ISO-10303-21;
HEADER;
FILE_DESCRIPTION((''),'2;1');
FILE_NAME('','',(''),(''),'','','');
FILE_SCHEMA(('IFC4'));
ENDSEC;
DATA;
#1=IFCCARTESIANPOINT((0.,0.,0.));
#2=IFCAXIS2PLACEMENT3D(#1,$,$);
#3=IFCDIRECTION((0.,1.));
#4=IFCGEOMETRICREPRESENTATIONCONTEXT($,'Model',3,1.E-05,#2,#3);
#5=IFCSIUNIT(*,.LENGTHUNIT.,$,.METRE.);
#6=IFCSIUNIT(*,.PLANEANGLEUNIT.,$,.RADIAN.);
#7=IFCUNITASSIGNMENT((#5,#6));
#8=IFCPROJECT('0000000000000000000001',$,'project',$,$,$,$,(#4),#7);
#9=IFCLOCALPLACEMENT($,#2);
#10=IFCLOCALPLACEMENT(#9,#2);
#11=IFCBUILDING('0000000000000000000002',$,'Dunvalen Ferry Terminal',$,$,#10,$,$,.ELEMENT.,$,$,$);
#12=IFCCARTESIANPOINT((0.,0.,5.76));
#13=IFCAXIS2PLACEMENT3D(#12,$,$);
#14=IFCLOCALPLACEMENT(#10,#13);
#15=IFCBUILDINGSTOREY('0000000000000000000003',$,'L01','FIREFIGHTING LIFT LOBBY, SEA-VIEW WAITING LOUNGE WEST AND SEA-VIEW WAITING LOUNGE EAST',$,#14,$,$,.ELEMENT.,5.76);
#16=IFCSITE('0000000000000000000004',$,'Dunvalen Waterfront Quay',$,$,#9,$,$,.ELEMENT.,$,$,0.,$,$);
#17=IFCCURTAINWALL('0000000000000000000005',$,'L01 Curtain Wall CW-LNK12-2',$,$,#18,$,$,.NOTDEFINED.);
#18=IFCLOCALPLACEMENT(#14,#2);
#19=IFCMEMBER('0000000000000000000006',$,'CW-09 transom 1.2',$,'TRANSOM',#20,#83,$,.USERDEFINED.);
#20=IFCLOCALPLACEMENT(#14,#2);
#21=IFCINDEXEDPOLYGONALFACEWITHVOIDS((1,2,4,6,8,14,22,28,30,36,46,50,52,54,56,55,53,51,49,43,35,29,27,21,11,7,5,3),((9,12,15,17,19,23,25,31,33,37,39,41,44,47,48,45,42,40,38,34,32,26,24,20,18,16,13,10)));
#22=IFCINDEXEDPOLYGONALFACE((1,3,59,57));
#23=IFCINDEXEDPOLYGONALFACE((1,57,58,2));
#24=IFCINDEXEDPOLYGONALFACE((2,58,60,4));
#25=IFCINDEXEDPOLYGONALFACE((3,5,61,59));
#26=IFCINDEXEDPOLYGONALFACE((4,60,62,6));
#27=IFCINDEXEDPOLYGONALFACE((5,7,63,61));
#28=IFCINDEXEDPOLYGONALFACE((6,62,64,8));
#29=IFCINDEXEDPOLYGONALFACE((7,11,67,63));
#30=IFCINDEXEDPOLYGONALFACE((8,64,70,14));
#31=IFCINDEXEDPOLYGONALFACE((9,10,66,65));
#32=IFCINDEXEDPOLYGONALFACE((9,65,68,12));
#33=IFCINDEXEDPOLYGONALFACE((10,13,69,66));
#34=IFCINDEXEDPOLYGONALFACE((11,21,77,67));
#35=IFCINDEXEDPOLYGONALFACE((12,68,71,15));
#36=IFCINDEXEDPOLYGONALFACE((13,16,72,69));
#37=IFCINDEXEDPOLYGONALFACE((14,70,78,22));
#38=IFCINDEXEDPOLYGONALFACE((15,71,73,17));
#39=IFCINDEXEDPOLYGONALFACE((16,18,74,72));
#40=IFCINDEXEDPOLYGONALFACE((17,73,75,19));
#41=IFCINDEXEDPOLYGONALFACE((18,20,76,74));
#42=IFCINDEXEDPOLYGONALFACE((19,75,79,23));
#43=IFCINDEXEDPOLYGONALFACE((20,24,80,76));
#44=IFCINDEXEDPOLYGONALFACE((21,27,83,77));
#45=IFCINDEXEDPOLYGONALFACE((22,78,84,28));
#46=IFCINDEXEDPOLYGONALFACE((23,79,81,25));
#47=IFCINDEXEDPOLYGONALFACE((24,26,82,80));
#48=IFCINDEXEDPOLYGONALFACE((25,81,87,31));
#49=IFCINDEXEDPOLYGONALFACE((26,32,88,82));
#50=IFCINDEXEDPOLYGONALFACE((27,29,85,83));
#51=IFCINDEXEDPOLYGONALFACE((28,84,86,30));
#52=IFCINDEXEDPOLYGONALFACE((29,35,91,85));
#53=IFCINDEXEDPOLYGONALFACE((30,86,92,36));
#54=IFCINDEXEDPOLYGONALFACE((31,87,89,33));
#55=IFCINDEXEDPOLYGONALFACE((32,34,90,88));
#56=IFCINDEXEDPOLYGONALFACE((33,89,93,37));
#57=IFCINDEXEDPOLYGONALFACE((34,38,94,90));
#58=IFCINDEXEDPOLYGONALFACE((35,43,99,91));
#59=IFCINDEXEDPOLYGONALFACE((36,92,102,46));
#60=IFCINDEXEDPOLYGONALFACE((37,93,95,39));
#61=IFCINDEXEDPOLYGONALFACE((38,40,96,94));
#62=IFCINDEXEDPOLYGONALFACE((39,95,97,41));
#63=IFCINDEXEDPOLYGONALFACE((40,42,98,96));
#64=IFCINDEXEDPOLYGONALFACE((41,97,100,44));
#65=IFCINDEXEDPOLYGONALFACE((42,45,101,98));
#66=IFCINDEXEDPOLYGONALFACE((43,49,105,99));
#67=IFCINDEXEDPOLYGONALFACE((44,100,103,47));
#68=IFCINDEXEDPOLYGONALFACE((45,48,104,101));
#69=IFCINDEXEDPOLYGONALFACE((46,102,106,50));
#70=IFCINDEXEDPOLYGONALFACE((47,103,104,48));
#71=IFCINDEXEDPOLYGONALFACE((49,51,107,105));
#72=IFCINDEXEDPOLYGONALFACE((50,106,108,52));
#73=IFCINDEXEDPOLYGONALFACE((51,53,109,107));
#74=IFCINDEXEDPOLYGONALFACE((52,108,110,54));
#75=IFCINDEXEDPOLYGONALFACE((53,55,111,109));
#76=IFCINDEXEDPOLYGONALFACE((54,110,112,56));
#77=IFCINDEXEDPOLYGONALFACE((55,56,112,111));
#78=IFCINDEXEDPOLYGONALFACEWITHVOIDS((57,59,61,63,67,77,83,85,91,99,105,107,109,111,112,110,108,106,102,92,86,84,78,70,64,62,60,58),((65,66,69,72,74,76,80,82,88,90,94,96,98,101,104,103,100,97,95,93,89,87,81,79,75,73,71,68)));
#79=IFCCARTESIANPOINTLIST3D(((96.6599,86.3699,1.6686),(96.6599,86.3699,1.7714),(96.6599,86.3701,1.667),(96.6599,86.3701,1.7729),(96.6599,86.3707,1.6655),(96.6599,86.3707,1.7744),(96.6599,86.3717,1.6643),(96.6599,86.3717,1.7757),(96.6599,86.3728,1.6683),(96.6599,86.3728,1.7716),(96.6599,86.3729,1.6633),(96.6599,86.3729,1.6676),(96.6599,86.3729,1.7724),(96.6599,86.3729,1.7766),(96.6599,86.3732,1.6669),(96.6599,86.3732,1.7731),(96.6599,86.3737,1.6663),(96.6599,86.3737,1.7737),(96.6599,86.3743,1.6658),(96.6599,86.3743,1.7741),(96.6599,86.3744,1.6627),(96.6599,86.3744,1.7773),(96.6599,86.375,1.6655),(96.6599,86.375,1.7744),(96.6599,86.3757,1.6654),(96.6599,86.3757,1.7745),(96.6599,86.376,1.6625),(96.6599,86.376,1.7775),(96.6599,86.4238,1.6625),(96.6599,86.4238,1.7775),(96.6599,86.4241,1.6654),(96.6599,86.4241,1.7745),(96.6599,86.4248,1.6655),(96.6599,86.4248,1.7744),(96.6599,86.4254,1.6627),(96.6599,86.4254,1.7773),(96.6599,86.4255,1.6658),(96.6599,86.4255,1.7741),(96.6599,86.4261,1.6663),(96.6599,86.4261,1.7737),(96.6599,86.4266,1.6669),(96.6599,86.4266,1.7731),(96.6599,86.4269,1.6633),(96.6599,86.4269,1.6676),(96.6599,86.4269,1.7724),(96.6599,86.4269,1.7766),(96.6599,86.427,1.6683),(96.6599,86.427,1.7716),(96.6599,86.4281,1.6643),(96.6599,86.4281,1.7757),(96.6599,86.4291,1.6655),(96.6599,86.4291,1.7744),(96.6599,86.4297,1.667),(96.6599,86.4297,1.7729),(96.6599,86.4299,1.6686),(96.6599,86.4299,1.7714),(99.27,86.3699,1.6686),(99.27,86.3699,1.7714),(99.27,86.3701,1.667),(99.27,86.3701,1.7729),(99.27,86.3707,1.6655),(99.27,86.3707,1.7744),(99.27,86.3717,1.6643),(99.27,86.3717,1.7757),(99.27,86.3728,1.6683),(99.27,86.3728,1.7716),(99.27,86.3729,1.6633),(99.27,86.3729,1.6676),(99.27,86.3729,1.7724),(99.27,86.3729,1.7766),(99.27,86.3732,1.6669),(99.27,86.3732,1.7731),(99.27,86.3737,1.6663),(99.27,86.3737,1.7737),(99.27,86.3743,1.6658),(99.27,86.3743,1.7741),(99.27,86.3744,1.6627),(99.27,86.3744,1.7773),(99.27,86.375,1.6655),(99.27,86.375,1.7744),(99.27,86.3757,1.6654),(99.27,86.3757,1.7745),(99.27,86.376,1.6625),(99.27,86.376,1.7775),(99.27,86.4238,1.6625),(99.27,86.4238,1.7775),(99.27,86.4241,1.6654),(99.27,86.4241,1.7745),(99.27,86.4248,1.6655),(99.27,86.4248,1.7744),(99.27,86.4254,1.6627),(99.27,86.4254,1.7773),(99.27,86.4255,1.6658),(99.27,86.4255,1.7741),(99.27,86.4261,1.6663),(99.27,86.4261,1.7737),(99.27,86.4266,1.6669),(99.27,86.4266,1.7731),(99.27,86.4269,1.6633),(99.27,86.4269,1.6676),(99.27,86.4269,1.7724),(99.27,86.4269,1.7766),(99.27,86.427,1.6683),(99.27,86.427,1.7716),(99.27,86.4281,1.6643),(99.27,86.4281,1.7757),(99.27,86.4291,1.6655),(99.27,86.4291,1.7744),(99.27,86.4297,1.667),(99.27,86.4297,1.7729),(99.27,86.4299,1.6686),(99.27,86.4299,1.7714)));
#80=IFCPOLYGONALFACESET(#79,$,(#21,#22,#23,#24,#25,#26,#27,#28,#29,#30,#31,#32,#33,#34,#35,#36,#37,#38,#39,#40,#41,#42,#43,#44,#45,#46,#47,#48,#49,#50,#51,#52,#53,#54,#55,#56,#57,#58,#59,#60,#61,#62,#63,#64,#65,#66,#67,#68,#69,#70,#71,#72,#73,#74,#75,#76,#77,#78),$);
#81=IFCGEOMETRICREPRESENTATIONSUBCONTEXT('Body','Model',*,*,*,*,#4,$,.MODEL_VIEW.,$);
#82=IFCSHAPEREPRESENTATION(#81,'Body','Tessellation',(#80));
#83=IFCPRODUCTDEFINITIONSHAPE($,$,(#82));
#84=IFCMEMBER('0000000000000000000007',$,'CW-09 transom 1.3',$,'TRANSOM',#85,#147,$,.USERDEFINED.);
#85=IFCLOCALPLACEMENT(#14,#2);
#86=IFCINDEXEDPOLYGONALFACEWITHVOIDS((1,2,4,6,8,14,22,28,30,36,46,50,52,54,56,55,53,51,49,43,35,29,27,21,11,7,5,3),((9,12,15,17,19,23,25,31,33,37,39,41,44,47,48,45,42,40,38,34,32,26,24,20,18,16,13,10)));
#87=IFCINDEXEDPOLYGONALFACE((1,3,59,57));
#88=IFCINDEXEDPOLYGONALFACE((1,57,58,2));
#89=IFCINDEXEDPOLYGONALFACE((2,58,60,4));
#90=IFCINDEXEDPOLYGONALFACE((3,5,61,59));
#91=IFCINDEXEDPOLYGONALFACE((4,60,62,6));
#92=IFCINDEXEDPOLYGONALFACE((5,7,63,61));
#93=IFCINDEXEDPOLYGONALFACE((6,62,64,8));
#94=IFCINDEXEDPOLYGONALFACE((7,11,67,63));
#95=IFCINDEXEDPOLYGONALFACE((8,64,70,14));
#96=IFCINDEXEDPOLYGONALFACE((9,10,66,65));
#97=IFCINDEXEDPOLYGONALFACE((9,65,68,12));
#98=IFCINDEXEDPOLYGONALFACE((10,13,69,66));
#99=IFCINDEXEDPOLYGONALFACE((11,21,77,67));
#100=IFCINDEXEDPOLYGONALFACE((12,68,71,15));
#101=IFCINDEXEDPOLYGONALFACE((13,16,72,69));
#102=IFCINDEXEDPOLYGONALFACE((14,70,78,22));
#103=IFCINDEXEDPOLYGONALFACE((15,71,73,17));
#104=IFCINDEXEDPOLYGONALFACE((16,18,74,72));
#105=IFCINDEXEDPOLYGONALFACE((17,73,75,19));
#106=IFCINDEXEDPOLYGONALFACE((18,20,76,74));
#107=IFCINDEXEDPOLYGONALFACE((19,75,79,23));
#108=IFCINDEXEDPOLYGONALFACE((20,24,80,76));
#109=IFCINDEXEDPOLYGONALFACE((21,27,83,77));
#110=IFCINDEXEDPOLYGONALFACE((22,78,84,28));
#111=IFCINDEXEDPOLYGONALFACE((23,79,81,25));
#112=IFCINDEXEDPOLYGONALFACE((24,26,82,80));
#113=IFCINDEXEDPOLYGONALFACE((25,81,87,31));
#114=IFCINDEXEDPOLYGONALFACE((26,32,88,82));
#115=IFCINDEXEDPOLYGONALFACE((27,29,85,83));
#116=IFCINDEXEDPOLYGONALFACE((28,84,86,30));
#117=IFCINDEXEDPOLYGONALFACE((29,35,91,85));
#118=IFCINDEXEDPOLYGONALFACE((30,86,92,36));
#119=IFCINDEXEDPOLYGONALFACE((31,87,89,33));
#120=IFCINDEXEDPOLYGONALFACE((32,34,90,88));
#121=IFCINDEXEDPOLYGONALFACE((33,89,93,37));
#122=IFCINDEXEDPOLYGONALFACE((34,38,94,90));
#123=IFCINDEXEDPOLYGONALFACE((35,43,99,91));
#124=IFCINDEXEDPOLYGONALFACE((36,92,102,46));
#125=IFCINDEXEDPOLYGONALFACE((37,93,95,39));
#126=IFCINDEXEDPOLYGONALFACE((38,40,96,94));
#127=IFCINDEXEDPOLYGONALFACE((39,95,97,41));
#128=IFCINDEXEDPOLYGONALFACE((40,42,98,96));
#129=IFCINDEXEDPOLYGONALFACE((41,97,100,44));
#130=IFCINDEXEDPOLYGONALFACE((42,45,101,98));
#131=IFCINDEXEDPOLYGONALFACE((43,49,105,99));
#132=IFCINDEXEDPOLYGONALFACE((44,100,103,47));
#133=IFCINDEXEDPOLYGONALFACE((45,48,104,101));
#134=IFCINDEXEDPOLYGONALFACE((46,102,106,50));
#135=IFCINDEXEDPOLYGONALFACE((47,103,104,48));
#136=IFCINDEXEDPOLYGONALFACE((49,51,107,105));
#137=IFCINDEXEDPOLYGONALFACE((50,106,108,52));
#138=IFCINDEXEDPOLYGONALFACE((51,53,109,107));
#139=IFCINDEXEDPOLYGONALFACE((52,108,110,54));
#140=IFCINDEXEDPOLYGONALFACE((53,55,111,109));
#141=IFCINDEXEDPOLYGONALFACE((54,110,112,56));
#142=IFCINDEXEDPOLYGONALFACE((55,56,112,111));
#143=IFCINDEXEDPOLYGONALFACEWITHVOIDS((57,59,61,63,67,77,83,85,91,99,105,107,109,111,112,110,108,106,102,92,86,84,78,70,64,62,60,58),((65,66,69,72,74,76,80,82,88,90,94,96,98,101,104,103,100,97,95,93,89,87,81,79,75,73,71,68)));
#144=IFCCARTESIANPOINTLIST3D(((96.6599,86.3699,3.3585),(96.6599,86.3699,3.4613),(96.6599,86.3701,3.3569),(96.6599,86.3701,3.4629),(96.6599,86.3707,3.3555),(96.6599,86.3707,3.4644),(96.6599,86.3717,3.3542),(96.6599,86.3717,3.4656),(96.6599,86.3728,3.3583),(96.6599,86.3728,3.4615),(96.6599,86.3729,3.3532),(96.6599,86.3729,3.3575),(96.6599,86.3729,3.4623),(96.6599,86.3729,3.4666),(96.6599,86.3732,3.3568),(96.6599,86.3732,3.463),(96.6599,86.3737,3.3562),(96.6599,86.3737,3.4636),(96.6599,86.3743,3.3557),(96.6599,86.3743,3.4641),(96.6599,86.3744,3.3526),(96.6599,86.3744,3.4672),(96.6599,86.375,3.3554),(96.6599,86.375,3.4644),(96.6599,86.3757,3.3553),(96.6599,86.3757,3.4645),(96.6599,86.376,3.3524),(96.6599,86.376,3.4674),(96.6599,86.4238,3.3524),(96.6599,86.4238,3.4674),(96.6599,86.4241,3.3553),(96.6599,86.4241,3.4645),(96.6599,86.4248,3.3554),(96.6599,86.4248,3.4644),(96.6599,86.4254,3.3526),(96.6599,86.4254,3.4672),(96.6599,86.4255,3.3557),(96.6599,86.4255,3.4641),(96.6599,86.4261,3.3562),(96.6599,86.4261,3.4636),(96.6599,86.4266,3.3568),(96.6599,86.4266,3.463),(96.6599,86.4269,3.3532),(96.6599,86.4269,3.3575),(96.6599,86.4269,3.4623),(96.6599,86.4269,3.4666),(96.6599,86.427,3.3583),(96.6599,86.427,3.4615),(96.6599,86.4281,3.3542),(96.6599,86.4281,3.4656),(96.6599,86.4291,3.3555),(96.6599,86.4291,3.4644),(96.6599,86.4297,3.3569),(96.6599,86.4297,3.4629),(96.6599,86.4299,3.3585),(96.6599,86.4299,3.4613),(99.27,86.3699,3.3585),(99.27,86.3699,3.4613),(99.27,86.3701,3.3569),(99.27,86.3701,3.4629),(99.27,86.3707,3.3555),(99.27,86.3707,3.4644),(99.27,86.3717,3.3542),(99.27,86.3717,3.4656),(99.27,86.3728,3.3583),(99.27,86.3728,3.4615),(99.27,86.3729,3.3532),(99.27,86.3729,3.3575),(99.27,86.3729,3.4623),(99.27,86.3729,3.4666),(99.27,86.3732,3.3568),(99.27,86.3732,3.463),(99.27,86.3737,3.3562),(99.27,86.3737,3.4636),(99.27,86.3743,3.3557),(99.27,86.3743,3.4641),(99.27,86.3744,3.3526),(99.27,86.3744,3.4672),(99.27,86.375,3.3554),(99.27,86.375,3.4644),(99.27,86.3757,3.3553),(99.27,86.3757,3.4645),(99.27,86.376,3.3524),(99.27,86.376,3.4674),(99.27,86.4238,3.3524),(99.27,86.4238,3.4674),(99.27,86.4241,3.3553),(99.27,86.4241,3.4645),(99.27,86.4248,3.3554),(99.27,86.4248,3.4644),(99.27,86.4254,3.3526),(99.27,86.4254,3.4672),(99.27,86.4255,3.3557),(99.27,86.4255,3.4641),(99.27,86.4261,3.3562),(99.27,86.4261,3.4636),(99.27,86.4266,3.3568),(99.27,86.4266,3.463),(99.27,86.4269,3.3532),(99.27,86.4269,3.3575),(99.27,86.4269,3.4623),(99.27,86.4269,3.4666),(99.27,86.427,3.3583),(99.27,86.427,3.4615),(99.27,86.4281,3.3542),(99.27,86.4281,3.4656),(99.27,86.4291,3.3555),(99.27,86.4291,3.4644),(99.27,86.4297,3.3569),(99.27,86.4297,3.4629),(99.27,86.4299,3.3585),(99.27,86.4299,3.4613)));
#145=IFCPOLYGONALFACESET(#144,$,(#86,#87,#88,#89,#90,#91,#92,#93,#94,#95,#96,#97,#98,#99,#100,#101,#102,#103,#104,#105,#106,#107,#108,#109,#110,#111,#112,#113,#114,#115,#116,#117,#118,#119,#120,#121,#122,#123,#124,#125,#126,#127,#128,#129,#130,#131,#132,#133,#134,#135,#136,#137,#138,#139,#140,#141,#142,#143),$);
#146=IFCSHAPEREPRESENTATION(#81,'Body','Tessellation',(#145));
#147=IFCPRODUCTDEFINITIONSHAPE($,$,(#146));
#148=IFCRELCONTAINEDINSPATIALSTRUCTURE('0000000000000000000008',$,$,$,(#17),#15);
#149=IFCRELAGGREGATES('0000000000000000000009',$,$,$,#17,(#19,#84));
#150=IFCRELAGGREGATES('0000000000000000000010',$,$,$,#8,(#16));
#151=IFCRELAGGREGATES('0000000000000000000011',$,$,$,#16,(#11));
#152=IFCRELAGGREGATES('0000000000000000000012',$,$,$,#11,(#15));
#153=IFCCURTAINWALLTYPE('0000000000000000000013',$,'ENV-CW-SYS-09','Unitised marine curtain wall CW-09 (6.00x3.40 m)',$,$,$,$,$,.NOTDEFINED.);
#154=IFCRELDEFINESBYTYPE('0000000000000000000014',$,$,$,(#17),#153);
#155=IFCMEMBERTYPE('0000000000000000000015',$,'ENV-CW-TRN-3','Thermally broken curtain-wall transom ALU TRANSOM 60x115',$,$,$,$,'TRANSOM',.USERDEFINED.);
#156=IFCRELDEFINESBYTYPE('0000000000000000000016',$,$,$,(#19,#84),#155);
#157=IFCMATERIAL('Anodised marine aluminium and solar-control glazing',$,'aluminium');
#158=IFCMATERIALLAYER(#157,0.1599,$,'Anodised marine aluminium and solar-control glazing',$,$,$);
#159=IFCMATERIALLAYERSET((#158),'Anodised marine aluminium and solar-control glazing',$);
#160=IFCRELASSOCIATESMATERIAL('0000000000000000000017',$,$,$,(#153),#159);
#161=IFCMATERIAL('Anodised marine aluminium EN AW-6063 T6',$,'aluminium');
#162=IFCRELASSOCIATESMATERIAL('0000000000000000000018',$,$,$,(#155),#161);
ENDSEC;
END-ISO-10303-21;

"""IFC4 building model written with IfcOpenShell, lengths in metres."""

from ifc_helpers import new_model, si_unit, direction, frame, origin, origin_2d, place, context, subcontext, project, spatial, hollow_rectangle, extrude, material, layer, layer_set, material_profile, profile_set, type_object, element, aggregate, save


model = new_model("IFC4")

# Units and contexts
model_context = context("Model", 3, precision=1e-05, world=origin(), true_north=direction((0.0, 1.0)))
body_context = subcontext(model_context, "Body", "Model", "MODEL_VIEW")
ifc_project = project(units=[si_unit("LENGTHUNIT", "METRE"), si_unit("PLANEANGLEUNIT", "RADIAN")], contexts=[model_context])

# Site, building, storey
site_placement = place(None, origin())
site = spatial("IfcSite", under=ifc_project, at=site_placement, Name="Dunvalen Waterfront Quay", CompositionType="ELEMENT", RefElevation=0.0)
building_placement = place(site_placement, origin())
building = spatial("IfcBuilding", under=site, at=building_placement, Name="Dunvalen Ferry Terminal", CompositionType="ELEMENT")
storey_placement = place(building_placement, frame((0.0, 0.0, 5.76)))
storey = spatial("IfcBuildingStorey", under=building, at=storey_placement, Name="L01", Description="FIREFIGHTING LIFT LOBBY, SEA-VIEW WAITING LOUNGE WEST AND SEA-VIEW WAITING LOUNGE EAST", CompositionType="ELEMENT", Elevation=5.76)

# Curtain wall, members
ifc_material_1 = material(Name="Anodised marine aluminium and solar-control glazing", Category="aluminium")
ifc_layer_1 = layer(ifc_material_1, 0.1599, Name="Anodised marine aluminium and solar-control glazing")
ifc_layer_set_1 = layer_set([ifc_layer_1], Name="Anodised marine aluminium and solar-control glazing")
curtain_wall_type = type_object("IfcCurtainWallType", Name="ENV-CW-SYS-09", Description="Unitised marine curtain wall CW-09 (6.00x3.40 m)", PredefinedType="NOTDEFINED", material=ifc_layer_set_1)
curtain_wall_placement = place(storey_placement, origin())
curtain_wall = element("IfcCurtainWall", 1, at=curtain_wall_placement, inside=storey, type_object=curtain_wall_type, Name="L01 Curtain Wall CW-LNK12-2", PredefinedType="NOTDEFINED")
ifc_material_2 = material(Name="Anodised marine aluminium EN AW-6063 T6", Category="aluminium")
ifc_material_profile_1 = material_profile(ifc_material_2, hollow_rectangle(XDim=0.0601, YDim=0.115, WallThickness=0.0029, InnerFilletRadius=0.0029, OuterFilletRadius=0.0061, at=origin_2d()), Name="Anodised marine aluminium EN AW-6063 T6")
ifc_profile_set_1 = profile_set([ifc_material_profile_1], Name="Anodised marine aluminium EN AW-6063 T6")
member_type_1 = type_object("IfcMemberType", Name="ENV-CW-TRN-3", Description="Thermally broken curtain-wall transom ALU TRANSOM 60x115", ElementType="TRANSOM", PredefinedType="USERDEFINED", material=ifc_profile_set_1)
member_1_placement = place(storey_placement, frame((96.6599, 86.3999, 1.72), z_axis=(1.0, 0.0, 0.0), x_axis=(0.0, 1.0, 0.0)))
member_1 = element("IfcMember", 2, at=member_1_placement, type_object=member_type_1, Name="CW-09 transom 1.2", ObjectType="TRANSOM", PredefinedType="USERDEFINED", context=body_context, shape_type="SweptSolid", body=[
    extrude(hollow_rectangle(XDim=0.0601, YDim=0.115, WallThickness=0.0029, InnerFilletRadius=0.0029, OuterFilletRadius=0.0061, at=origin_2d()), origin(), (0.0, 0.0, 1.0), 2.6101),
])
member_2_placement = place(storey_placement, frame((96.6599, 86.3999, 3.4099), z_axis=(1.0, 0.0, 0.0), x_axis=(0.0, 1.0, 0.0)))
member_2 = element("IfcMember", 3, at=member_2_placement, type_object=member_type_1, Name="CW-09 transom 1.3", ObjectType="TRANSOM", PredefinedType="USERDEFINED", context=body_context, shape_type="SweptSolid", body=[
    extrude(hollow_rectangle(XDim=0.0601, YDim=0.115, WallThickness=0.0029, InnerFilletRadius=0.0029, OuterFilletRadius=0.0061, at=origin_2d()), origin(), (0.0, 0.0, 1.0), 2.6101),
])
aggregate(curtain_wall, [member_1, member_2])

save(model, "model.ifc")
